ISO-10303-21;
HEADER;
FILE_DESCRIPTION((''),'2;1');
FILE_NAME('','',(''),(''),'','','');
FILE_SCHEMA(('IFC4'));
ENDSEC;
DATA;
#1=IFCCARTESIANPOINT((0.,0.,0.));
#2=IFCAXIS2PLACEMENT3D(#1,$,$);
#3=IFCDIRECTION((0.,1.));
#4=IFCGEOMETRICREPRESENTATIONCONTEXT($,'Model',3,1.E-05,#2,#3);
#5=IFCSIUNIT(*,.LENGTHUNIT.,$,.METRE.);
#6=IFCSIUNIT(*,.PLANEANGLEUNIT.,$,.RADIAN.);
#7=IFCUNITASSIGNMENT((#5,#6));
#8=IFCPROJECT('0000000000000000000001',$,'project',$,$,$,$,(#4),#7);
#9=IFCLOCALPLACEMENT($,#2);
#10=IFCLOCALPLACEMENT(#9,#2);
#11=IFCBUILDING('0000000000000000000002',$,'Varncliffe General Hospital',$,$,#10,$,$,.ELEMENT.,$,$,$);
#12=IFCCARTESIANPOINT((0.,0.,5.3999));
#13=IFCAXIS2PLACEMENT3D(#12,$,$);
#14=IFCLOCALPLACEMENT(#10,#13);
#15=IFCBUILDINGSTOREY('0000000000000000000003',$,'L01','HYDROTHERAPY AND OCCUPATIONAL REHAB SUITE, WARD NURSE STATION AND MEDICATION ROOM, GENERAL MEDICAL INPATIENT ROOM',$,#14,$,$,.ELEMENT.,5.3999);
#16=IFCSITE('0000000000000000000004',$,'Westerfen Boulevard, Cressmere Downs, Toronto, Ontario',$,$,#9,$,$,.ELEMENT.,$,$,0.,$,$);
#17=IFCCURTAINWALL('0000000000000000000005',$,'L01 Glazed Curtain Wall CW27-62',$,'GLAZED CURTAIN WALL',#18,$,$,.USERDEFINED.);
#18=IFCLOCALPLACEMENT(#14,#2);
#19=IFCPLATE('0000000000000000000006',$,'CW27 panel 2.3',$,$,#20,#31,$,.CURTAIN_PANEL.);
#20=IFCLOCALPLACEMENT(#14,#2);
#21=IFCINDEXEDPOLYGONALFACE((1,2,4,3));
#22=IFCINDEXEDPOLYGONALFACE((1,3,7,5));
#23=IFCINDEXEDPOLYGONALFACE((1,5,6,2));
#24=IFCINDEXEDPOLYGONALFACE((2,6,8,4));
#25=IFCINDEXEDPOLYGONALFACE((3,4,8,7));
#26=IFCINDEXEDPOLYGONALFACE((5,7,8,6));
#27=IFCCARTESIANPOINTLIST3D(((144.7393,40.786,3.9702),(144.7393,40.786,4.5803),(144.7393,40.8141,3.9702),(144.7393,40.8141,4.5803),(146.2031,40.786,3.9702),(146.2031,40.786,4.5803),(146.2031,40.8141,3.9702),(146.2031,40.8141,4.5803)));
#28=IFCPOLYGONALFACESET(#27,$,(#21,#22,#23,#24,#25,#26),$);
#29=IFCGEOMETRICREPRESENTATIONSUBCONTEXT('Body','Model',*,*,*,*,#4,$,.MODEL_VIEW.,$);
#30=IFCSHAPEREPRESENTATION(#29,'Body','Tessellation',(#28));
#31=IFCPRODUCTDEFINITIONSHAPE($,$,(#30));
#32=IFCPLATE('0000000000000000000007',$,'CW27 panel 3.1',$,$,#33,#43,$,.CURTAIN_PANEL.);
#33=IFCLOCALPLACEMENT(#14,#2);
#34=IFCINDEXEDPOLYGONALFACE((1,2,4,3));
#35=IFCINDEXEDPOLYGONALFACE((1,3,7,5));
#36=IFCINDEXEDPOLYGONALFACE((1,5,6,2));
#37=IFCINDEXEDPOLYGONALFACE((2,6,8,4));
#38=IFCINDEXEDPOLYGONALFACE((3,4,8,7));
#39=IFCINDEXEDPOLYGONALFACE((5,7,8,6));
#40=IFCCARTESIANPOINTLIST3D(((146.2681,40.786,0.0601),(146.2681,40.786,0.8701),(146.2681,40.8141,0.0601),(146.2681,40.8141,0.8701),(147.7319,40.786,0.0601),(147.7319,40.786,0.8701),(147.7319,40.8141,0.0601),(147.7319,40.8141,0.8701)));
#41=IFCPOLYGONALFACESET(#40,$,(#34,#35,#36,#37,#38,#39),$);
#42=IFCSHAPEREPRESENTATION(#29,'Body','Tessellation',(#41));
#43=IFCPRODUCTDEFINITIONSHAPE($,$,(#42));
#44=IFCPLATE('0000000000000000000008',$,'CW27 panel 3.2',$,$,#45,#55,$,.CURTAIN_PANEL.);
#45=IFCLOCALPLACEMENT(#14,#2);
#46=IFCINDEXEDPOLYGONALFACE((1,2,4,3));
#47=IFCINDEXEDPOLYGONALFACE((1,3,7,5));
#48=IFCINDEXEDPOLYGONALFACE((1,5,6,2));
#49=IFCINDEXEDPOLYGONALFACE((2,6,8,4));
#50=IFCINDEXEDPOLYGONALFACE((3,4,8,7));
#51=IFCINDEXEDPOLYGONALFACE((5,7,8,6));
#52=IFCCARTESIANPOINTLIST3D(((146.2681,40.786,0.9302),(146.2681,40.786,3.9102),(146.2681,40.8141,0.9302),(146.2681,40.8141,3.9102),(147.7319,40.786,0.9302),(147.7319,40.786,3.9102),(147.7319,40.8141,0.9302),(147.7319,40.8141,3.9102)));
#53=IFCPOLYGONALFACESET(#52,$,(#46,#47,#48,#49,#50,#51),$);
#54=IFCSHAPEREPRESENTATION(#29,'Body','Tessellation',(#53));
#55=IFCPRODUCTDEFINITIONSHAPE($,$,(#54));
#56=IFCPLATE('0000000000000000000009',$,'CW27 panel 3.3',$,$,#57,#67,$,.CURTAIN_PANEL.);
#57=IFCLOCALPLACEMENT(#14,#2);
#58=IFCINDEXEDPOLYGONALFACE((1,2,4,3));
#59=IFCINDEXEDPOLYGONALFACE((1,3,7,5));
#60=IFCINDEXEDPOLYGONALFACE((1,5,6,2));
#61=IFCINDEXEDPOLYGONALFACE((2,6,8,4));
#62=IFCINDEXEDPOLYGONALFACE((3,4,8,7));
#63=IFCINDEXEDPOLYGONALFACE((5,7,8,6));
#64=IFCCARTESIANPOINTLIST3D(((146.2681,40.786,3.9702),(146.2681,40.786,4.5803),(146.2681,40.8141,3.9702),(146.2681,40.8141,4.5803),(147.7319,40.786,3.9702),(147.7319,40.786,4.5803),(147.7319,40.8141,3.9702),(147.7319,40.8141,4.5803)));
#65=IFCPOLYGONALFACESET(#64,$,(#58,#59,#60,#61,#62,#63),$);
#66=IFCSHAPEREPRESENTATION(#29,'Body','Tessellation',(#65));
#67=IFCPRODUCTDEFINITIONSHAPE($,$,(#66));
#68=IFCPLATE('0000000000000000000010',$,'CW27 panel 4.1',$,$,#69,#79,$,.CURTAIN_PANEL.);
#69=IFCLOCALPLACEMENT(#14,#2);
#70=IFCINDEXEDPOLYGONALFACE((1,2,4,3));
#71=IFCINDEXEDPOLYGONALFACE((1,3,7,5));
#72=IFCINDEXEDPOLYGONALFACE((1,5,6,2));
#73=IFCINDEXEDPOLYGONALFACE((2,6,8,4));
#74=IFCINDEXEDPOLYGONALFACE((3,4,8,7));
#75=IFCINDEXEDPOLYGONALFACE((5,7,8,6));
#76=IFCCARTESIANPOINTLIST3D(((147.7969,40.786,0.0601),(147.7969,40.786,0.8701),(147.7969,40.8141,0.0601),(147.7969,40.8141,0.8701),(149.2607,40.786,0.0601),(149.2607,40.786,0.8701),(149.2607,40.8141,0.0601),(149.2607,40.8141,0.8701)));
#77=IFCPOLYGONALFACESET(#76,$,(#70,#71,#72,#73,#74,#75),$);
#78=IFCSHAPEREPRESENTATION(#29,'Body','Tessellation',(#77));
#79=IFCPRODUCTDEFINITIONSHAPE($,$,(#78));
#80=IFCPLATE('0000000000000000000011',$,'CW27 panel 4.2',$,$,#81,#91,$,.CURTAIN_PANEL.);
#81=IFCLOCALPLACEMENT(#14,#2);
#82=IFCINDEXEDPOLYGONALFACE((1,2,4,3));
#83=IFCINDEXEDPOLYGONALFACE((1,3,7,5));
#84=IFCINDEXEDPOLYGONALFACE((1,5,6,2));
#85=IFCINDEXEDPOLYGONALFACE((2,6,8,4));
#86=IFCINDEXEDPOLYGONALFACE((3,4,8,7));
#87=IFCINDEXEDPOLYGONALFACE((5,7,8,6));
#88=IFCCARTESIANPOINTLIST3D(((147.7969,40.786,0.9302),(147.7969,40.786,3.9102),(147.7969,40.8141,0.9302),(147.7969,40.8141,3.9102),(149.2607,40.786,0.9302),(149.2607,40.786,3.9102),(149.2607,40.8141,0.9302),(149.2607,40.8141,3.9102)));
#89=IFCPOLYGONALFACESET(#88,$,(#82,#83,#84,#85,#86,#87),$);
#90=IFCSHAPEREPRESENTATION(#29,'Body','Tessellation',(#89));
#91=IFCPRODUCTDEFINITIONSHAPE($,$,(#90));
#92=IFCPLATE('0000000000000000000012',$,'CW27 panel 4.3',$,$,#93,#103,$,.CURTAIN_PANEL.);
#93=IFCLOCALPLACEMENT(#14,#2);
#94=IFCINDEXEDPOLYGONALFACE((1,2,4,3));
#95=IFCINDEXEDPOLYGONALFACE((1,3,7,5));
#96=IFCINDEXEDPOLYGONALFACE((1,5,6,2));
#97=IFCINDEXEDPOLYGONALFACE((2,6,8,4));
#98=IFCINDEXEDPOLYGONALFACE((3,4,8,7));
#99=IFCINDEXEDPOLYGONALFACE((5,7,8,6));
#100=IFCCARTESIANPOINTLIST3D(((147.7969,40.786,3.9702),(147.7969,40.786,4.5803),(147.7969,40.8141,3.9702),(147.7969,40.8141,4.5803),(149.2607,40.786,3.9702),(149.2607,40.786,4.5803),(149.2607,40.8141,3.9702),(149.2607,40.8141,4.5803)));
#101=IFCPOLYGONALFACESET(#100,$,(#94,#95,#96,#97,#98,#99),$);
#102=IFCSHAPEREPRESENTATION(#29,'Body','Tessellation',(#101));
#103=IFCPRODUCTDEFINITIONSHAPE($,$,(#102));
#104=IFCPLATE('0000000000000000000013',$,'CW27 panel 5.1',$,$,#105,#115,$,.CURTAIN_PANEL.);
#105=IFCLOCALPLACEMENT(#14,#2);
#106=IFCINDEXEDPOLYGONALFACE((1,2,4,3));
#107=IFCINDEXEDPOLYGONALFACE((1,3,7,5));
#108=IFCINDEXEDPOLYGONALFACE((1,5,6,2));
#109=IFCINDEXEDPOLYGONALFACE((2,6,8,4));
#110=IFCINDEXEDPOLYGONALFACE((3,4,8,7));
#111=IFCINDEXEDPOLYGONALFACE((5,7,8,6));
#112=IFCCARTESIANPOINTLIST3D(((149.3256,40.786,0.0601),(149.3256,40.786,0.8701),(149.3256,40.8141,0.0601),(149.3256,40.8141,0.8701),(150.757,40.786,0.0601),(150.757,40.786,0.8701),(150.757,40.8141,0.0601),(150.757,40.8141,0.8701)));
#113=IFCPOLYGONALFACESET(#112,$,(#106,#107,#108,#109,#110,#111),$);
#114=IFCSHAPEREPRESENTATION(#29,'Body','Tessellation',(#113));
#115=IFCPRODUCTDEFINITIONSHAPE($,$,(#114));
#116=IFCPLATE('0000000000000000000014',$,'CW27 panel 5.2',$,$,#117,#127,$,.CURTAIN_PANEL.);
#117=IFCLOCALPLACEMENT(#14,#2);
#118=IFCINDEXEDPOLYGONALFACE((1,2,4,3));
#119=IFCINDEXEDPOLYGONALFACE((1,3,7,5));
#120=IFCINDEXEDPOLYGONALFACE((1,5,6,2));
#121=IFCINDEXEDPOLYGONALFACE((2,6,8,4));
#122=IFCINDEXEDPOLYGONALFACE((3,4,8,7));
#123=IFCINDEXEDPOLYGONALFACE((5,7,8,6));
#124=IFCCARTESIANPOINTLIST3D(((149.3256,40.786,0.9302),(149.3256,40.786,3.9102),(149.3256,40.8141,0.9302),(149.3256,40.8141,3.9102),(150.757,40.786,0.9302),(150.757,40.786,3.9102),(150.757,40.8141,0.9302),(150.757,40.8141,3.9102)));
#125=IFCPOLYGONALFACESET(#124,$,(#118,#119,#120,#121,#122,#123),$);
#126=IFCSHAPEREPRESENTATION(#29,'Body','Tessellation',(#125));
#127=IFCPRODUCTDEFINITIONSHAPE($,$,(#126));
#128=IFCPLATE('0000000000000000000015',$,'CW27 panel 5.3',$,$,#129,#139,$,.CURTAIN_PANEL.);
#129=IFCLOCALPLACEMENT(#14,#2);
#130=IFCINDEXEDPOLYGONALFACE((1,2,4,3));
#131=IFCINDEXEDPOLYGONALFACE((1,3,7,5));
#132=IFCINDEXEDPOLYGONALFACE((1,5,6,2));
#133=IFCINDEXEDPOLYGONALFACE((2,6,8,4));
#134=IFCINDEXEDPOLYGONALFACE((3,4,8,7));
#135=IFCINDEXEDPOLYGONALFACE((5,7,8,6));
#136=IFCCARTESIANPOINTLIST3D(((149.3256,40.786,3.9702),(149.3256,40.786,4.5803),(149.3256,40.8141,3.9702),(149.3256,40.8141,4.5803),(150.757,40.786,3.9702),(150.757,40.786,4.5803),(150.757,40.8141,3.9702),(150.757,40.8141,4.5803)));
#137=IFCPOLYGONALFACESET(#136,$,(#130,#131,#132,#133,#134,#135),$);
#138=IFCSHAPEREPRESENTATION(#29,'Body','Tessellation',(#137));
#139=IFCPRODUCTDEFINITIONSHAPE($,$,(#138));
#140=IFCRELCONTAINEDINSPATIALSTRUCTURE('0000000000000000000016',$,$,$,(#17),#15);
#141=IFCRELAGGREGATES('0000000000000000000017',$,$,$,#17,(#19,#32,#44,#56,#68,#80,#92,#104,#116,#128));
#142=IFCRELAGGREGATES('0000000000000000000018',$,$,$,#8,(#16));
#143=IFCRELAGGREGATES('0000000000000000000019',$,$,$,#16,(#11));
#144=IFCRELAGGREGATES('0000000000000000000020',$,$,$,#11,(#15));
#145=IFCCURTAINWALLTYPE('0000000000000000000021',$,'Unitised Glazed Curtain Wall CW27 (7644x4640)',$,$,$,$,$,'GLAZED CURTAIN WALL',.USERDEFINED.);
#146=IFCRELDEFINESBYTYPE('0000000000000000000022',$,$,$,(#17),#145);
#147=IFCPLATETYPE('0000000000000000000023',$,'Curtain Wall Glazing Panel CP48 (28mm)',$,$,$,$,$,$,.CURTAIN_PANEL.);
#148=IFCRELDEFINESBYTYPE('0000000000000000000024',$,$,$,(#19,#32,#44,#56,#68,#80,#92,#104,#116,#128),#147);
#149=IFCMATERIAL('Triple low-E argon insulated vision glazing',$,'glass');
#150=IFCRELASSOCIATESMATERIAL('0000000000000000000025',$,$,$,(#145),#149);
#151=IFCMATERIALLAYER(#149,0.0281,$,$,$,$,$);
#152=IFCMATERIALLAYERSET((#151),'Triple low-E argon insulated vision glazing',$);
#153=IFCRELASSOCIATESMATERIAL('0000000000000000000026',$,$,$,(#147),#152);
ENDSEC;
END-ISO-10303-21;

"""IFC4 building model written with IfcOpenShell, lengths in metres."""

from ifc_helpers import new_model, si_unit, direction, frame, origin, origin_2d, place, context, subcontext, project, spatial, rectangle, extrude, material, layer, layer_set, type_object, element, aggregate, save


model = new_model("IFC4")

# Units and contexts
model_context = context("Model", 3, precision=1e-05, world=origin(), true_north=direction((0.0, 1.0)))
body_context = subcontext(model_context, "Body", "Model", "MODEL_VIEW")
ifc_project = project(units=[si_unit("LENGTHUNIT", "METRE"), si_unit("PLANEANGLEUNIT", "RADIAN")], contexts=[model_context])

# Site, building, storey
site_placement = place(None, origin())
site = spatial("IfcSite", under=ifc_project, at=site_placement, Name="Westerfen Boulevard, Cressmere Downs, Toronto, Ontario", CompositionType="ELEMENT", RefElevation=0.0)
building_placement = place(site_placement, origin())
building = spatial("IfcBuilding", under=site, at=building_placement, Name="Varncliffe General Hospital", CompositionType="ELEMENT")
storey_placement = place(building_placement, frame((0.0, 0.0, 5.3999)))
storey = spatial("IfcBuildingStorey", under=building, at=storey_placement, Name="L01", Description="HYDROTHERAPY AND OCCUPATIONAL REHAB SUITE, WARD NURSE STATION AND MEDICATION ROOM, GENERAL MEDICAL INPATIENT ROOM", CompositionType="ELEMENT", Elevation=5.3999)

# Curtain wall
ifc_material_1 = material(Name="Triple low-E argon insulated vision glazing", Category="glass")
curtain_wall_type_1 = type_object("IfcCurtainWallType", Name="Unitised Glazed Curtain Wall CW27 (7644x4640)", ElementType="GLAZED CURTAIN WALL", PredefinedType="USERDEFINED", material=ifc_material_1)
curtain_wall_1_placement = place(storey_placement, origin())
curtain_wall_1 = element("IfcCurtainWall", 1, at=curtain_wall_1_placement, inside=storey, type_object=curtain_wall_type_1, Name="L01 Glazed Curtain Wall CW27-62", ObjectType="GLAZED CURTAIN WALL", PredefinedType="USERDEFINED")

# Plates
ifc_layer = layer(ifc_material_1, 0.0281)
ifc_layer_set = layer_set([ifc_layer], Name="Triple low-E argon insulated vision glazing")
plate_type = type_object("IfcPlateType", Name="Curtain Wall Glazing Panel CP48 (28mm)", PredefinedType="CURTAIN_PANEL", material=ifc_layer_set)
plate_1_placement = place(storey_placement, frame((145.4712, 40.8, 3.9702), z_axis=(0.0, 0.0, 1.0), x_axis=(1.0, 0.0, 0.0)))
plate_1 = element("IfcPlate", 2, at=plate_1_placement, type_object=plate_type, Name="CW27 panel 2.3", PredefinedType="CURTAIN_PANEL", context=body_context, shape_type="SweptSolid", body=[
    extrude(rectangle(XDim=1.4639, YDim=0.0281, at=origin_2d()), origin(), (0.0, 0.0, 1.0), 0.6101),
])
plate_2_placement = place(storey_placement, frame((147.0, 40.8, 0.0601), z_axis=(0.0, 0.0, 1.0), x_axis=(1.0, 0.0, 0.0)))
plate_2 = element("IfcPlate", 3, at=plate_2_placement, type_object=plate_type, Name="CW27 panel 3.1", PredefinedType="CURTAIN_PANEL", context=body_context, shape_type="SweptSolid", body=[
    extrude(rectangle(XDim=1.4639, YDim=0.0281, at=origin_2d()), origin(), (0.0, 0.0, 1.0), 0.8101),
])
plate_3_placement = place(storey_placement, frame((147.0, 40.8, 0.9302), z_axis=(0.0, 0.0, 1.0), x_axis=(1.0, 0.0, 0.0)))
plate_3 = element("IfcPlate", 4, at=plate_3_placement, type_object=plate_type, Name="CW27 panel 3.2", PredefinedType="CURTAIN_PANEL", context=body_context, shape_type="SweptSolid", body=[
    extrude(rectangle(XDim=1.4639, YDim=0.0281, at=origin_2d()), origin(), (0.0, 0.0, 1.0), 2.98),
])
plate_4_placement = place(storey_placement, frame((147.0, 40.8, 3.9702), z_axis=(0.0, 0.0, 1.0), x_axis=(1.0, 0.0, 0.0)))
plate_4 = element("IfcPlate", 5, at=plate_4_placement, type_object=plate_type, Name="CW27 panel 3.3", PredefinedType="CURTAIN_PANEL", context=body_context, shape_type="SweptSolid", body=[
    extrude(rectangle(XDim=1.4639, YDim=0.0281, at=origin_2d()), origin(), (0.0, 0.0, 1.0), 0.6101),
])
plate_5_placement = place(storey_placement, frame((148.5288, 40.8, 0.0601), z_axis=(0.0, 0.0, 1.0), x_axis=(1.0, 0.0, 0.0)))
plate_5 = element("IfcPlate", 6, at=plate_5_placement, type_object=plate_type, Name="CW27 panel 4.1", PredefinedType="CURTAIN_PANEL", context=body_context, shape_type="SweptSolid", body=[
    extrude(rectangle(XDim=1.4639, YDim=0.0281, at=origin_2d()), origin(), (0.0, 0.0, 1.0), 0.8101),
])
plate_6_placement = place(storey_placement, frame((148.5288, 40.8, 0.9302), z_axis=(0.0, 0.0, 1.0), x_axis=(1.0, 0.0, 0.0)))
plate_6 = element("IfcPlate", 7, at=plate_6_placement, type_object=plate_type, Name="CW27 panel 4.2", PredefinedType="CURTAIN_PANEL", context=body_context, shape_type="SweptSolid", body=[
    extrude(rectangle(XDim=1.4639, YDim=0.0281, at=origin_2d()), origin(), (0.0, 0.0, 1.0), 2.98),
])
plate_7_placement = place(storey_placement, frame((148.5288, 40.8, 3.9702), z_axis=(0.0, 0.0, 1.0), x_axis=(1.0, 0.0, 0.0)))
plate_7 = element("IfcPlate", 8, at=plate_7_placement, type_object=plate_type, Name="CW27 panel 4.3", PredefinedType="CURTAIN_PANEL", context=body_context, shape_type="SweptSolid", body=[
    extrude(rectangle(XDim=1.4639, YDim=0.0281, at=origin_2d()), origin(), (0.0, 0.0, 1.0), 0.6101),
])
plate_8_placement = place(storey_placement, frame((150.0413, 40.8, 0.0601), z_axis=(0.0, 0.0, 1.0), x_axis=(1.0, 0.0, 0.0)))
plate_8 = element("IfcPlate", 9, at=plate_8_placement, type_object=plate_type, Name="CW27 panel 5.1", PredefinedType="CURTAIN_PANEL", context=body_context, shape_type="SweptSolid", body=[
    extrude(rectangle(XDim=1.4314, YDim=0.0281, at=origin_2d()), origin(), (0.0, 0.0, 1.0), 0.8101),
])
plate_9_placement = place(storey_placement, frame((150.0413, 40.8, 0.9302), z_axis=(0.0, 0.0, 1.0), x_axis=(1.0, 0.0, 0.0)))
plate_9 = element("IfcPlate", 10, at=plate_9_placement, type_object=plate_type, Name="CW27 panel 5.2", PredefinedType="CURTAIN_PANEL", context=body_context, shape_type="SweptSolid", body=[
    extrude(rectangle(XDim=1.4314, YDim=0.0281, at=origin_2d()), origin(), (0.0, 0.0, 1.0), 2.98),
])
plate_10_placement = place(storey_placement, frame((150.0413, 40.8, 3.9702), z_axis=(0.0, 0.0, 1.0), x_axis=(1.0, 0.0, 0.0)))
plate_10 = element("IfcPlate", 11, at=plate_10_placement, type_object=plate_type, Name="CW27 panel 5.3", PredefinedType="CURTAIN_PANEL", context=body_context, shape_type="SweptSolid", body=[
    extrude(rectangle(XDim=1.4314, YDim=0.0281, at=origin_2d()), origin(), (0.0, 0.0, 1.0), 0.6101),
])
aggregate(curtain_wall_1, [plate_1, plate_2, plate_3, plate_4, plate_5, plate_6, plate_7, plate_8, plate_9, plate_10])

save(model, "model.ifc")
